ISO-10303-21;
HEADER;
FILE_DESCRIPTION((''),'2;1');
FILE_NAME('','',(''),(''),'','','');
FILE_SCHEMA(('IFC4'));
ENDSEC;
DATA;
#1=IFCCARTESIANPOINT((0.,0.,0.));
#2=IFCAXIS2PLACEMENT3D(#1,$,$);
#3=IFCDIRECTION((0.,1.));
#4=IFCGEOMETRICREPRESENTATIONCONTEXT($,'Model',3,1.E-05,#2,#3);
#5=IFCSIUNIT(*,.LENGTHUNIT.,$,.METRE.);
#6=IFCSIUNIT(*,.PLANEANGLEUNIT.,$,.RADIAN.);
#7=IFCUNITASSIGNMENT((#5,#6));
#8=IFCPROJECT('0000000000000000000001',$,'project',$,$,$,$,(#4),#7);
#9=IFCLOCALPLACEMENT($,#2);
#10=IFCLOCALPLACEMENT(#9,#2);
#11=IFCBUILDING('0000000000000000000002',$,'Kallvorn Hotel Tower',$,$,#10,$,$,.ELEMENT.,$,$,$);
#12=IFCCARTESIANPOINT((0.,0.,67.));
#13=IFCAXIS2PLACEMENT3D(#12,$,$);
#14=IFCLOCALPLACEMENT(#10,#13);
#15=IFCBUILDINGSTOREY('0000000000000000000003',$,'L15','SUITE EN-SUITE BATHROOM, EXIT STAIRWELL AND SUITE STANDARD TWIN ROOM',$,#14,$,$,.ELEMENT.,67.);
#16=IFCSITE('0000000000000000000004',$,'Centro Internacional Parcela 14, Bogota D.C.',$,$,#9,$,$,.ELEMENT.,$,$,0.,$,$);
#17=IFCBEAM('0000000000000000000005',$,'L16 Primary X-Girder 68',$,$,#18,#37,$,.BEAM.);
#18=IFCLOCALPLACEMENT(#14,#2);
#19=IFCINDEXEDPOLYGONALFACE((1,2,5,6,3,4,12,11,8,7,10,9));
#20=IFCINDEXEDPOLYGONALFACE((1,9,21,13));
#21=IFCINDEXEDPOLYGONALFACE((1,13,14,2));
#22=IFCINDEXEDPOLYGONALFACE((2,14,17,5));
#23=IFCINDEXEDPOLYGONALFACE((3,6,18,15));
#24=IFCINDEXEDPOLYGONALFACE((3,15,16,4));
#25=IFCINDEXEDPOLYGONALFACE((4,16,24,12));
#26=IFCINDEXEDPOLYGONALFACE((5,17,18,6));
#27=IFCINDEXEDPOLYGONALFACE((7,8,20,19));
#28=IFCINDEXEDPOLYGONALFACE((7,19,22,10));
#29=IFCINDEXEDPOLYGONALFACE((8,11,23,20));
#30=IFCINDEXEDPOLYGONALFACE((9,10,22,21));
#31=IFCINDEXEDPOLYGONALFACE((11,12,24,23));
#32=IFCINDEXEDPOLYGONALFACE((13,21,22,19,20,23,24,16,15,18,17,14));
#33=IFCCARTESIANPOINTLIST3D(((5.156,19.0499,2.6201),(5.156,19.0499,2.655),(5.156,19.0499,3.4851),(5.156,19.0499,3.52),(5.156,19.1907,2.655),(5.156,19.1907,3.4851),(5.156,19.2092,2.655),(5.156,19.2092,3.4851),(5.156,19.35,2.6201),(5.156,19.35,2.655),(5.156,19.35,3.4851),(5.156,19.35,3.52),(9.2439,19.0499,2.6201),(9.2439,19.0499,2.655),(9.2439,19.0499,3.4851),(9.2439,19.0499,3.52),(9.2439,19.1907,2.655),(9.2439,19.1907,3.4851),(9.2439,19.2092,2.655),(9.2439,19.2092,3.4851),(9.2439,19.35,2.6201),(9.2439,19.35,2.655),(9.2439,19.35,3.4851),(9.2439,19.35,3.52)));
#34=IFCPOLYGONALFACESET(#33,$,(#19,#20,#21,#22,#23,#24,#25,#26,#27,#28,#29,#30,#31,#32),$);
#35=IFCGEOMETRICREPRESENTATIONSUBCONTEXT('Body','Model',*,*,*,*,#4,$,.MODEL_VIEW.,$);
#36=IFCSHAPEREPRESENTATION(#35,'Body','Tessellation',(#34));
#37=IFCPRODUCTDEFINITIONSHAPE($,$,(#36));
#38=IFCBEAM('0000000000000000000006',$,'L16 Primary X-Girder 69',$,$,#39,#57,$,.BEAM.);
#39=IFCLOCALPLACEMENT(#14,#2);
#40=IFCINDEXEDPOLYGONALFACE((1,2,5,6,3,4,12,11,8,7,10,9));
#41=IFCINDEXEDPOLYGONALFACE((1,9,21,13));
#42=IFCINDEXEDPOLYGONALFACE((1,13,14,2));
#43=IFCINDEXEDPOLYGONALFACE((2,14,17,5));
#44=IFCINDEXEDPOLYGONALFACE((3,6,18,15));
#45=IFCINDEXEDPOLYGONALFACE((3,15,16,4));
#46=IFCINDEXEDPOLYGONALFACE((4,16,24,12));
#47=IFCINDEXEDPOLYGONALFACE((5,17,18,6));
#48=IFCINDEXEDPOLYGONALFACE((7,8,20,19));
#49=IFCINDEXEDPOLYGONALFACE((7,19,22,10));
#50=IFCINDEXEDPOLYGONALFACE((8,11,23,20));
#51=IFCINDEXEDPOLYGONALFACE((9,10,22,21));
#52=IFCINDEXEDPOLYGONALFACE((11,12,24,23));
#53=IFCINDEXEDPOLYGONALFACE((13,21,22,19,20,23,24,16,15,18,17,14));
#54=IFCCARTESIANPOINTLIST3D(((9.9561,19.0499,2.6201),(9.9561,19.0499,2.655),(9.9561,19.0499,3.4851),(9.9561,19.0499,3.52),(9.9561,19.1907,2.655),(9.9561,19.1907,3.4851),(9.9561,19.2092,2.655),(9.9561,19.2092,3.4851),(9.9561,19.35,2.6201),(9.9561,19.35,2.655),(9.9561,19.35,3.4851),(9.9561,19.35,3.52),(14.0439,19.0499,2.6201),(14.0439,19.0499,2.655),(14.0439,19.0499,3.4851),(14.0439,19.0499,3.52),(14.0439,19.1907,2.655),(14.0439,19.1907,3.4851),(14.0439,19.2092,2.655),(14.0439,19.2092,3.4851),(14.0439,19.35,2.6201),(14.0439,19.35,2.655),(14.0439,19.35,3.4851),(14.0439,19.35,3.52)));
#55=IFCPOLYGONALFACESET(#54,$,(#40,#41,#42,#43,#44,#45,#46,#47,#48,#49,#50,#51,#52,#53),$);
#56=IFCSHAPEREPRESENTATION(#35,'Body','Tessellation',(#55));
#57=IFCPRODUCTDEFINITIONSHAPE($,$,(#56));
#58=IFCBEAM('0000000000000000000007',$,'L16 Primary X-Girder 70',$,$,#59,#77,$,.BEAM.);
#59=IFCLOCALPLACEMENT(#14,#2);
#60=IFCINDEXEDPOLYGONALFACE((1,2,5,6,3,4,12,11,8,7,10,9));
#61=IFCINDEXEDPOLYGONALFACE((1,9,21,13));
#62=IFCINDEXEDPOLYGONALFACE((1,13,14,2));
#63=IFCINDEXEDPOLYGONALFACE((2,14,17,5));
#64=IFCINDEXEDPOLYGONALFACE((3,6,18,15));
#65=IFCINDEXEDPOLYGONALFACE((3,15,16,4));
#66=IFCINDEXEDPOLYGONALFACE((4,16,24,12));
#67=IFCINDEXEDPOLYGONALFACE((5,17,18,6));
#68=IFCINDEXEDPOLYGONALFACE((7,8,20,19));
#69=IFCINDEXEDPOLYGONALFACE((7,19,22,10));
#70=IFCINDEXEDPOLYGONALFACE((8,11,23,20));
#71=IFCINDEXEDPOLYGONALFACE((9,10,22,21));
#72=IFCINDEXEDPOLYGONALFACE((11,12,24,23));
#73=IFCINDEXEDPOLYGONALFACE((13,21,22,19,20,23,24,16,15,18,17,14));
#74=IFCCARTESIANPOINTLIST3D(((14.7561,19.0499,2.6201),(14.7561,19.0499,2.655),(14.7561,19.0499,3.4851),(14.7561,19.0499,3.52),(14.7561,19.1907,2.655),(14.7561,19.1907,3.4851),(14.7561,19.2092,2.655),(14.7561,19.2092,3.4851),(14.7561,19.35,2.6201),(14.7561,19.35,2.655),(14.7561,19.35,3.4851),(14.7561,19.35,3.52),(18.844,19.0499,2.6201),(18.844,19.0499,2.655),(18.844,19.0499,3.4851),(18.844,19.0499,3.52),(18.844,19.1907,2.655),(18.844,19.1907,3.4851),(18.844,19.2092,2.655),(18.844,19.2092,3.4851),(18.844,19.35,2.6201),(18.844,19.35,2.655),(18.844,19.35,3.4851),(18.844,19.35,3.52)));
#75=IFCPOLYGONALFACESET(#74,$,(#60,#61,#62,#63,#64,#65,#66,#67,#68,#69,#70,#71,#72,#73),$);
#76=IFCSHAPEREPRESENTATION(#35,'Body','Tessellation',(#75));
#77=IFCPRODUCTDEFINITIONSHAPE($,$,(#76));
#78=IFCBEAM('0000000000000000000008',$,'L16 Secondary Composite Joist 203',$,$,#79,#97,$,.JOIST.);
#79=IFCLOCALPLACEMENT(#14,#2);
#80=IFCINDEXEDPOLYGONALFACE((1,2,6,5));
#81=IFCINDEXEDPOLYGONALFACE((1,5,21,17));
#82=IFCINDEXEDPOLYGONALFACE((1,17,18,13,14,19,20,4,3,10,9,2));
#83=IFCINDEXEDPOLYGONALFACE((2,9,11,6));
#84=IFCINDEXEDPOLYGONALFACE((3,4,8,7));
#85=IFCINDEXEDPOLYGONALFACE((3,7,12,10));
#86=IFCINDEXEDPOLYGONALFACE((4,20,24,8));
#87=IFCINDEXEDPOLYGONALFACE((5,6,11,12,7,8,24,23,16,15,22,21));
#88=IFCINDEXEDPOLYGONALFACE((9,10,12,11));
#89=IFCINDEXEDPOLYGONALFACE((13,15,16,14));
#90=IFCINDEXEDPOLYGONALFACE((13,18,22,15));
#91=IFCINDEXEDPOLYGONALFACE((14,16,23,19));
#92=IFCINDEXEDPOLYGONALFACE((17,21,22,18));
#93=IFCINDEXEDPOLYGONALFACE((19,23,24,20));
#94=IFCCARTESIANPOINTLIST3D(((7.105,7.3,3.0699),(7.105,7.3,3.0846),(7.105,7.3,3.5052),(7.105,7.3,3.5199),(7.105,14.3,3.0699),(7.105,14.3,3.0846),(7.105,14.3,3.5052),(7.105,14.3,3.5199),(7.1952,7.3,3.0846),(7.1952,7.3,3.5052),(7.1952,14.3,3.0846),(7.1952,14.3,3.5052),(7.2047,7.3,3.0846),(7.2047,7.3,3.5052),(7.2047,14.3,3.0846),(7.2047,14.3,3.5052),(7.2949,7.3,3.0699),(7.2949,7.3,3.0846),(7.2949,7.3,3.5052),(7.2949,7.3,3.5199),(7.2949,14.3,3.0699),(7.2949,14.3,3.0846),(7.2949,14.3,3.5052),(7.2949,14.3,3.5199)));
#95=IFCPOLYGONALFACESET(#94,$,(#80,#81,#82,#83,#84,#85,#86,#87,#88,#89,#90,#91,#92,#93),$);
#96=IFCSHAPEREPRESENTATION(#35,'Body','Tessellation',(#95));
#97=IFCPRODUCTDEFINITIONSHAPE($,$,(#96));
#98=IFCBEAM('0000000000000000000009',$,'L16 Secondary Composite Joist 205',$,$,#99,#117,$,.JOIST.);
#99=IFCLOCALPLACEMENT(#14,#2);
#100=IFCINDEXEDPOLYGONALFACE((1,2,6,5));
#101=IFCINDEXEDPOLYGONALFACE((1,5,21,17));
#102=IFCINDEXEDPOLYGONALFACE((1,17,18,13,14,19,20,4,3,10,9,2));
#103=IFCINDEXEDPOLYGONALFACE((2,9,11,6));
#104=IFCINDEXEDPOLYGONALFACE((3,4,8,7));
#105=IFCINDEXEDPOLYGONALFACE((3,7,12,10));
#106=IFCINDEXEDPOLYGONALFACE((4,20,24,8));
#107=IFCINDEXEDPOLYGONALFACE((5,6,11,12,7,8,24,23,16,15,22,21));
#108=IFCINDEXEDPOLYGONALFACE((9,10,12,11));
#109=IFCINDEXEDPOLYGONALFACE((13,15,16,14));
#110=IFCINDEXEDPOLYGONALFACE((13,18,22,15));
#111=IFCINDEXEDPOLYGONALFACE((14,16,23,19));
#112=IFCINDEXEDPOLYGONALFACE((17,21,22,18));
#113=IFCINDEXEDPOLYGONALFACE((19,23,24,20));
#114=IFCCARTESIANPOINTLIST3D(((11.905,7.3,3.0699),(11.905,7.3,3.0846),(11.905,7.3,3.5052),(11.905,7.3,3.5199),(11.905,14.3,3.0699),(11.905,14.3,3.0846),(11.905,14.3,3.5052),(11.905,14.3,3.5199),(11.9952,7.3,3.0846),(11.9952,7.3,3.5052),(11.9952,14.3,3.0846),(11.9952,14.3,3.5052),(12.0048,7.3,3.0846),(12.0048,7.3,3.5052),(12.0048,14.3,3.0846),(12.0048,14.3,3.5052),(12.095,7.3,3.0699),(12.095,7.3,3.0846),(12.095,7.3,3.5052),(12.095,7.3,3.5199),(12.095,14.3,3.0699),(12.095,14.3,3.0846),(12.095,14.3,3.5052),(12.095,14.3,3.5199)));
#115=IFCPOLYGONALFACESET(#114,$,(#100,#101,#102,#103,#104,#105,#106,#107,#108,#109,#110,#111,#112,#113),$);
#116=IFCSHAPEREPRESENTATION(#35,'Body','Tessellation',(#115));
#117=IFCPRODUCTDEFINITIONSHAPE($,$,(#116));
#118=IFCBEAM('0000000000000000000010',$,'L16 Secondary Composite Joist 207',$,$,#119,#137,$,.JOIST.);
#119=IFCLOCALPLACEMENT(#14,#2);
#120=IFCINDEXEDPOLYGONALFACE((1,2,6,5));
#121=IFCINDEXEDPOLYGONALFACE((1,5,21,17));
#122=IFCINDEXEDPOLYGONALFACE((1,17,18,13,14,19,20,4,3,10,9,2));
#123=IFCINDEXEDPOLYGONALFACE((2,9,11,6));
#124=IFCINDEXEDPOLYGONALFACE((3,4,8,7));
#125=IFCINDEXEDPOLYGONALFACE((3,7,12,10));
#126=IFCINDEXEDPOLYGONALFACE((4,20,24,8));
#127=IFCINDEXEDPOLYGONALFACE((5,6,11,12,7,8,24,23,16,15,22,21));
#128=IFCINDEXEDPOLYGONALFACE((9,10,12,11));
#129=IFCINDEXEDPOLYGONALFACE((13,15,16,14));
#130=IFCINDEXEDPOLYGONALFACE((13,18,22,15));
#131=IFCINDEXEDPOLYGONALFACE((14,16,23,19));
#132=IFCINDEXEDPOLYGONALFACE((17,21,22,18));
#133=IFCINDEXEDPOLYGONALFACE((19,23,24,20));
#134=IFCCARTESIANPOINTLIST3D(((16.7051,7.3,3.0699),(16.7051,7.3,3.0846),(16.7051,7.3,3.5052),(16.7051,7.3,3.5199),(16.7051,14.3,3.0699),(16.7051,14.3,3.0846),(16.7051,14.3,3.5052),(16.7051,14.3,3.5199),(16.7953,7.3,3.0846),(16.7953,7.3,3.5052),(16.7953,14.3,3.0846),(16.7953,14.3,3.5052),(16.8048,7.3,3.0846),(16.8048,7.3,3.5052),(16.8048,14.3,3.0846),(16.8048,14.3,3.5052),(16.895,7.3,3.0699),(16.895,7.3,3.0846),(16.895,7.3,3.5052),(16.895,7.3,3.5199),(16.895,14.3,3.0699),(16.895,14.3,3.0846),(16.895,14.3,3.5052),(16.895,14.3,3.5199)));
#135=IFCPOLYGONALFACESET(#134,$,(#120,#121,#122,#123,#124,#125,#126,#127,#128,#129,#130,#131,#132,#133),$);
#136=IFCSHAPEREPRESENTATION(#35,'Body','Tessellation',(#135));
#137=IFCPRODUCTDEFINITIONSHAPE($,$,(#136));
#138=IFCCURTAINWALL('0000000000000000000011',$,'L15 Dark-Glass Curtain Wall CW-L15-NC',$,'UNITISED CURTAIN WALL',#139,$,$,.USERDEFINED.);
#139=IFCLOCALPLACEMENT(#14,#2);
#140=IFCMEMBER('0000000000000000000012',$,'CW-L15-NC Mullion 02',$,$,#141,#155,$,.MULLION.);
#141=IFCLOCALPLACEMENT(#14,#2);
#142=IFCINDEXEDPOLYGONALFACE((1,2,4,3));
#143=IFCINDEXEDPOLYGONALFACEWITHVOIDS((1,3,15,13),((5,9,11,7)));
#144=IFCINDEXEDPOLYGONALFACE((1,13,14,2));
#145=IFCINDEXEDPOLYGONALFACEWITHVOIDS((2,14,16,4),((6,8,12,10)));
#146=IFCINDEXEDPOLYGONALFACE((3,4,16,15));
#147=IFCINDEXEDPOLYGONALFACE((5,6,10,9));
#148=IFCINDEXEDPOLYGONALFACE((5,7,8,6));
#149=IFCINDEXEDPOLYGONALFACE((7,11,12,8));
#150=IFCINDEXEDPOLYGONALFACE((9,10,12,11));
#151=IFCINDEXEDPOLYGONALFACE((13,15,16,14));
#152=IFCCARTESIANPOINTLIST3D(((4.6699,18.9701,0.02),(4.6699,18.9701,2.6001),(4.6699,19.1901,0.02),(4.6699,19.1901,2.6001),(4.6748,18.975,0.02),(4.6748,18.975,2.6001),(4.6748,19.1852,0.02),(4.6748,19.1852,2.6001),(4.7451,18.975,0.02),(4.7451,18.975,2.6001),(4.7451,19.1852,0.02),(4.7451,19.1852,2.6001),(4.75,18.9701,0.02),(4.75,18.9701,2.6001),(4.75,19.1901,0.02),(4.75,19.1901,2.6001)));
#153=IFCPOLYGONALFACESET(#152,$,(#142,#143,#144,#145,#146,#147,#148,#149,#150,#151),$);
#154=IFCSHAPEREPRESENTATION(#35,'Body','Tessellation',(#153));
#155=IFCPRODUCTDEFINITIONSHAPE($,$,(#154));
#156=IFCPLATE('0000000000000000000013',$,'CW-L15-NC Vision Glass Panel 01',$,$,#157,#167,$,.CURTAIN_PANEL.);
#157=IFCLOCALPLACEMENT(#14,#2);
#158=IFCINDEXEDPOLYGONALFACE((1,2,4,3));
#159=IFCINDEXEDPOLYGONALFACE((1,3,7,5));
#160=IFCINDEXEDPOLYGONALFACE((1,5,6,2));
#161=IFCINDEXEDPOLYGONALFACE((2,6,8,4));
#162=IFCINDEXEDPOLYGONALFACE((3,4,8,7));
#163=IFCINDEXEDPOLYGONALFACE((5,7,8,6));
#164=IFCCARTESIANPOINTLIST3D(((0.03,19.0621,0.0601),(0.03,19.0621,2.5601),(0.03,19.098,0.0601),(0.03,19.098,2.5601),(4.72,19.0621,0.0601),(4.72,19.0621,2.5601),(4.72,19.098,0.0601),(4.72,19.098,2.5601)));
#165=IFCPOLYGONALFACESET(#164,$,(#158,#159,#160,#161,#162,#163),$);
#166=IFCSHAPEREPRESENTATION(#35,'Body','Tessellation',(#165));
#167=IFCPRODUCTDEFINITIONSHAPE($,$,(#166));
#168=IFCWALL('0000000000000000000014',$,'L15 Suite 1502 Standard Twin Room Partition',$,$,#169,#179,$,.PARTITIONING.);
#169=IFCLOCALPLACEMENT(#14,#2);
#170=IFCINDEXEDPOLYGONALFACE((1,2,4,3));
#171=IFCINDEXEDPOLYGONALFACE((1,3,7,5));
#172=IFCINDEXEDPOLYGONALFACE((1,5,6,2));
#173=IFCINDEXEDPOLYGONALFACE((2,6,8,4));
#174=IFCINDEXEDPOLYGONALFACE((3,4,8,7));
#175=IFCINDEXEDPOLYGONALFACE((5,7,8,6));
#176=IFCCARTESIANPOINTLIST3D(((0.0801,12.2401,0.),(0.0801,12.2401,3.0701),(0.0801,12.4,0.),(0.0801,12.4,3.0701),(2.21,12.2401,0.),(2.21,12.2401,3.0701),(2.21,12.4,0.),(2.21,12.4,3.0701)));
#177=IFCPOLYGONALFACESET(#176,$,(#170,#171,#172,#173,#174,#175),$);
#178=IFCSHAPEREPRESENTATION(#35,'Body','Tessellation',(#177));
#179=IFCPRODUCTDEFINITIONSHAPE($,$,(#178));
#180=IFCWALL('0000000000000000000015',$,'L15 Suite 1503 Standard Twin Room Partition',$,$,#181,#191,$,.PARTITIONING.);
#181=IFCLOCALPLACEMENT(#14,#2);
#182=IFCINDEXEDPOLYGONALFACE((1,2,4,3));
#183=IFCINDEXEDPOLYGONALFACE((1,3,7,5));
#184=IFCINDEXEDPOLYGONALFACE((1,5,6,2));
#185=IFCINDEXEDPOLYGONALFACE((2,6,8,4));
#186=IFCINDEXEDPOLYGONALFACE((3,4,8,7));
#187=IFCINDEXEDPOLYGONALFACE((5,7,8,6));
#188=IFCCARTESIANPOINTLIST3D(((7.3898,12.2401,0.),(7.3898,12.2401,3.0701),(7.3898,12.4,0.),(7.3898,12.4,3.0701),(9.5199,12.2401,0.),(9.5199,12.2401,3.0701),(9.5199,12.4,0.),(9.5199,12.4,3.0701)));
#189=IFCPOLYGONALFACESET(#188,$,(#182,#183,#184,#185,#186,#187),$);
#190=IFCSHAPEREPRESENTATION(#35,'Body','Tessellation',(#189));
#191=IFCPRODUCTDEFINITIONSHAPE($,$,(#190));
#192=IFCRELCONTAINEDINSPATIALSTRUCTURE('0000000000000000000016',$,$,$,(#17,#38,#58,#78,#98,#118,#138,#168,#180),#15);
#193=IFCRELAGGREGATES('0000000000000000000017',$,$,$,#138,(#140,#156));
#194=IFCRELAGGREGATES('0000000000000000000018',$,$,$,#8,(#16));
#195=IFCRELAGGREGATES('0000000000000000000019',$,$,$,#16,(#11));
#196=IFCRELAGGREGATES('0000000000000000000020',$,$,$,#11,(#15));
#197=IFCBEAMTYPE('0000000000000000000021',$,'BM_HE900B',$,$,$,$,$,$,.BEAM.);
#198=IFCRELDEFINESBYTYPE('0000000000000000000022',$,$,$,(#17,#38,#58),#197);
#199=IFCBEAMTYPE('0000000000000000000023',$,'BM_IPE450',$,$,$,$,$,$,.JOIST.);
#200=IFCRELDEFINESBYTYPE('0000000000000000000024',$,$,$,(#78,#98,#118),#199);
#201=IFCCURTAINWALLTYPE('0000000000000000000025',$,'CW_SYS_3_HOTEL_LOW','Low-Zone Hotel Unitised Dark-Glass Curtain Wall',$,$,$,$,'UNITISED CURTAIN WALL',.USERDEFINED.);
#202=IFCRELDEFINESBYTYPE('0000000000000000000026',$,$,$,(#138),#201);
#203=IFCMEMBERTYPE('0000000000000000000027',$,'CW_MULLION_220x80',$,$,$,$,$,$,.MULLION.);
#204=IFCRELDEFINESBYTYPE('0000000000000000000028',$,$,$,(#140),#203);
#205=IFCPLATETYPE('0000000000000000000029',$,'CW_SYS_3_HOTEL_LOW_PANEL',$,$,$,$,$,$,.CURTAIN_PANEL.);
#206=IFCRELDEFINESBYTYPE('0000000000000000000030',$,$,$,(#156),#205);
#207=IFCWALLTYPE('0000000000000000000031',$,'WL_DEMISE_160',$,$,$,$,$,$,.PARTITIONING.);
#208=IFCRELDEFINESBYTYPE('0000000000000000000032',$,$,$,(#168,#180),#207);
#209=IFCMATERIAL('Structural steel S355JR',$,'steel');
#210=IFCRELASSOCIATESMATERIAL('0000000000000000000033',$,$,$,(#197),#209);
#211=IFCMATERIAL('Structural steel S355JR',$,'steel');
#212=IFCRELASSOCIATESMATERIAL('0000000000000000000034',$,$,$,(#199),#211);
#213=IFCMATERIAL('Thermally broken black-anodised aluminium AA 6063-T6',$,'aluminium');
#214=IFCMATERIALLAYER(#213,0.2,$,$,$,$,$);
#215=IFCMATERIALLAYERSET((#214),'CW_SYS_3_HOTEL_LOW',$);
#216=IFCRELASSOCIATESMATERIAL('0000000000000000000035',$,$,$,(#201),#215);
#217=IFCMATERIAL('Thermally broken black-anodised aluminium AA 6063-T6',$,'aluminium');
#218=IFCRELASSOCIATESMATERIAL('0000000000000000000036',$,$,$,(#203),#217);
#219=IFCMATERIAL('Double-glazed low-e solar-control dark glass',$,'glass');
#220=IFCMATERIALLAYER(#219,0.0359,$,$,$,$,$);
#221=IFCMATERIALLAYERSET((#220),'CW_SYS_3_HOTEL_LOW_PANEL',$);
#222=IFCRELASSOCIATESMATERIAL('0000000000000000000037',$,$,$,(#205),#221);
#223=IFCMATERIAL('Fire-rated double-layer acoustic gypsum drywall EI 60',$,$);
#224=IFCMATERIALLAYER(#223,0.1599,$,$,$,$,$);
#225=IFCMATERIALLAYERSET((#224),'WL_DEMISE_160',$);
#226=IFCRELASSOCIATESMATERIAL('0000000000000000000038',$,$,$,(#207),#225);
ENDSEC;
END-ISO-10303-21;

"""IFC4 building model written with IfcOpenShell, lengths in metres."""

from ifc_helpers import new_model, si_unit, direction, frame, frame_2d, origin, origin_2d, place, context, subcontext, project, spatial, rectangle, hollow_rectangle, i_section, extrude, material, layer, layer_set, material_profile, profile_set, type_object, element, aggregate, save


model = new_model("IFC4")

# Units and contexts
model_context = context("Model", 3, precision=1e-05, world=origin(), true_north=direction((0.0, 1.0)))
body_context = subcontext(model_context, "Body", "Model", "MODEL_VIEW")
ifc_project = project(units=[si_unit("LENGTHUNIT", "METRE"), si_unit("PLANEANGLEUNIT", "RADIAN")], contexts=[model_context])

# Site, building, storey
site_placement = place(None, origin())
site = spatial("IfcSite", under=ifc_project, at=site_placement, Name="Centro Internacional Parcela 14, Bogota D.C.", CompositionType="ELEMENT", RefElevation=0.0)
building_placement = place(site_placement, origin())
building = spatial("IfcBuilding", under=site, at=building_placement, Name="Kallvorn Hotel Tower", CompositionType="ELEMENT")
storey_placement = place(building_placement, frame((0.0, 0.0, 67.0)))
storey = spatial("IfcBuildingStorey", under=building, at=storey_placement, Name="L15", Description="SUITE EN-SUITE BATHROOM, EXIT STAIRWELL AND SUITE STANDARD TWIN ROOM", CompositionType="ELEMENT", Elevation=67.0)

# Beams
ifc_material_1 = material(Name="Structural steel S355JR", Category="steel")
ifc_material_profile_1 = material_profile(ifc_material_1, i_section(OverallWidth=0.3, OverallDepth=0.8999, WebThickness=0.0186, FlangeThickness=0.0349, at=origin_2d()), Name="HE 900 B")
ifc_profile_set_1 = profile_set([ifc_material_profile_1], Name="Structural steel S355JR")
beam_type_1 = type_object("IfcBeamType", Name="BM_HE900B", PredefinedType="BEAM", material=ifc_profile_set_1)
for number, where, z_axis, x_axis, name in (
    (1, (5.156, 19.2, 3.0701), (1.0, 0.0, 0.0), (0.0, 1.0, 0.0), "L16 Primary X-Girder 68"),
    (2, (9.9561, 19.2, 3.0701), (1.0, 0.0, 0.0), (0.0, 1.0, 0.0), "L16 Primary X-Girder 69"),
    (3, (14.7561, 19.2, 3.0701), (1.0, 0.0, 0.0), (0.0, 1.0, 0.0), "L16 Primary X-Girder 70"),
):
    element("IfcBeam", number, at=place(storey_placement, frame(where, z_axis=z_axis, x_axis=x_axis)), inside=storey, type_object=beam_type_1, Name=name, PredefinedType="BEAM", context=body_context, shape_type="SweptSolid", body=[
        extrude(i_section(OverallWidth=0.3, OverallDepth=0.8999, WebThickness=0.0186, FlangeThickness=0.0349, at=origin_2d()), origin(), (0.0, 0.0, 1.0), 4.0879),
    ])
ifc_material_2 = material(Name="Structural steel S355JR", Category="steel")
ifc_material_profile_2 = material_profile(ifc_material_2, i_section(OverallWidth=0.1899, OverallDepth=0.45, WebThickness=0.0095, FlangeThickness=0.0146, at=origin_2d()), Name="IPE 450")
ifc_profile_set_2 = profile_set([ifc_material_profile_2], Name="Structural steel S355JR")
beam_type_2 = type_object("IfcBeamType", Name="BM_IPE450", PredefinedType="JOIST", material=ifc_profile_set_2)
for number, where, z_axis, x_axis, name in (
    (4, (7.2, 7.3, 3.2949), (0.0, 1.0, 0.0), (-1.0, 0.0, 0.0), "L16 Secondary Composite Joist 203"),
    (5, (12.0, 7.3, 3.2949), (0.0, 1.0, 0.0), (-1.0, 0.0, 0.0), "L16 Secondary Composite Joist 205"),
    (6, (16.8, 7.3, 3.2949), (0.0, 1.0, 0.0), (-1.0, 0.0, 0.0), "L16 Secondary Composite Joist 207"),
):
    element("IfcBeam", number, at=place(storey_placement, frame(where, z_axis=z_axis, x_axis=x_axis)), inside=storey, type_object=beam_type_2, Name=name, PredefinedType="JOIST", context=body_context, shape_type="SweptSolid", body=[
        extrude(i_section(OverallWidth=0.1899, OverallDepth=0.45, WebThickness=0.0095, FlangeThickness=0.0146, at=origin_2d()), origin(), (0.0, 0.0, 1.0), 7.0),
    ])

# Curtain wall, member, plate
ifc_material_3 = material(Name="Thermally broken black-anodised aluminium AA 6063-T6", Category="aluminium")
ifc_layer_1 = layer(ifc_material_3, 0.2)
ifc_layer_set_1 = layer_set([ifc_layer_1], Name="CW_SYS_3_HOTEL_LOW")
curtain_wall_type = type_object("IfcCurtainWallType", Name="CW_SYS_3_HOTEL_LOW", Description="Low-Zone Hotel Unitised Dark-Glass Curtain Wall", ElementType="UNITISED CURTAIN WALL", PredefinedType="USERDEFINED", material=ifc_layer_set_1)
curtain_wall_placement = place(storey_placement, origin())
curtain_wall = element("IfcCurtainWall", 7, at=curtain_wall_placement, inside=storey, type_object=curtain_wall_type, Name="L15 Dark-Glass Curtain Wall CW-L15-NC", ObjectType="UNITISED CURTAIN WALL", PredefinedType="USERDEFINED")
ifc_material_4 = material(Name="Thermally broken black-anodised aluminium AA 6063-T6", Category="aluminium")
ifc_material_profile_3 = material_profile(ifc_material_4, hollow_rectangle(XDim=0.0801, YDim=0.22, WallThickness=0.0049, at=origin_2d()), Name="MUL 220x80")
ifc_profile_set_3 = profile_set([ifc_material_profile_3], Name="Thermally broken black-anodised aluminium AA 6063-T6")
member_type = type_object("IfcMemberType", Name="CW_MULLION_220x80", PredefinedType="MULLION", material=ifc_profile_set_3)
member_placement = place(storey_placement, frame((4.71, 19.0801, 0.02), z_axis=(0.0, 0.0, 1.0), x_axis=(1.0, 0.0, 0.0)))
member = element("IfcMember", 8, at=member_placement, type_object=member_type, Name="CW-L15-NC Mullion 02", PredefinedType="MULLION", context=body_context, shape_type="SweptSolid", body=[
    extrude(hollow_rectangle(XDim=0.0801, YDim=0.22, WallThickness=0.0049, at=origin_2d()), origin(), (0.0, 0.0, 1.0), 2.5801),
])
ifc_material_5 = material(Name="Double-glazed low-e solar-control dark glass", Category="glass")
ifc_layer_2 = layer(ifc_material_5, 0.0359)
ifc_layer_set_2 = layer_set([ifc_layer_2], Name="CW_SYS_3_HOTEL_LOW_PANEL")
plate_type = type_object("IfcPlateType", Name="CW_SYS_3_HOTEL_LOW_PANEL", PredefinedType="CURTAIN_PANEL", material=ifc_layer_set_2)
plate_placement = place(storey_placement, frame((2.375, 19.0801, 0.0601), z_axis=(0.0, 0.0, 1.0), x_axis=(1.0, 0.0, 0.0)))
plate = element("IfcPlate", 9, at=plate_placement, type_object=plate_type, Name="CW-L15-NC Vision Glass Panel 01", PredefinedType="CURTAIN_PANEL", context=body_context, shape_type="SweptSolid", body=[
    extrude(rectangle(XDim=4.6899, YDim=0.0359, at=origin_2d()), origin(), (0.0, 0.0, 1.0), 2.5),
])
aggregate(curtain_wall, [member, plate])

# Walls
ifc_material_6 = material(Name="Fire-rated double-layer acoustic gypsum drywall EI 60")
ifc_layer_3 = layer(ifc_material_6, 0.1599)
ifc_layer_set_3 = layer_set([ifc_layer_3], Name="WL_DEMISE_160")
wall_type_1 = type_object("IfcWallType", Name="WL_DEMISE_160", PredefinedType="PARTITIONING", material=ifc_layer_set_3)
wall_1_placement = place(storey_placement, frame((0.0801, 12.3201, 0.0), z_axis=(0.0, 0.0, 1.0), x_axis=(1.0, 0.0, 0.0)))
element("IfcWall", 10, at=wall_1_placement, inside=storey, type_object=wall_type_1, Name="L15 Suite 1502 Standard Twin Room Partition", PredefinedType="PARTITIONING", context=body_context, shape_type="SweptSolid", body=[
    extrude(rectangle(XDim=2.1299, YDim=0.1599, at=frame_2d((1.0649, 0.0))), origin(), (0.0, 0.0, 1.0), 3.0701),
])
wall_2_placement = place(storey_placement, frame((7.3899, 12.3201, 0.0), z_axis=(0.0, 0.0, 1.0), x_axis=(1.0, 0.0, 0.0)))
element("IfcWall", 11, at=wall_2_placement, inside=storey, type_object=wall_type_1, Name="L15 Suite 1503 Standard Twin Room Partition", PredefinedType="PARTITIONING", context=body_context, shape_type="SweptSolid", body=[
    extrude(rectangle(XDim=2.1301, YDim=0.1599, at=frame_2d((1.0649, 0.0))), origin(), (0.0, 0.0, 1.0), 3.0701),
])

save(model, "model.ifc")
